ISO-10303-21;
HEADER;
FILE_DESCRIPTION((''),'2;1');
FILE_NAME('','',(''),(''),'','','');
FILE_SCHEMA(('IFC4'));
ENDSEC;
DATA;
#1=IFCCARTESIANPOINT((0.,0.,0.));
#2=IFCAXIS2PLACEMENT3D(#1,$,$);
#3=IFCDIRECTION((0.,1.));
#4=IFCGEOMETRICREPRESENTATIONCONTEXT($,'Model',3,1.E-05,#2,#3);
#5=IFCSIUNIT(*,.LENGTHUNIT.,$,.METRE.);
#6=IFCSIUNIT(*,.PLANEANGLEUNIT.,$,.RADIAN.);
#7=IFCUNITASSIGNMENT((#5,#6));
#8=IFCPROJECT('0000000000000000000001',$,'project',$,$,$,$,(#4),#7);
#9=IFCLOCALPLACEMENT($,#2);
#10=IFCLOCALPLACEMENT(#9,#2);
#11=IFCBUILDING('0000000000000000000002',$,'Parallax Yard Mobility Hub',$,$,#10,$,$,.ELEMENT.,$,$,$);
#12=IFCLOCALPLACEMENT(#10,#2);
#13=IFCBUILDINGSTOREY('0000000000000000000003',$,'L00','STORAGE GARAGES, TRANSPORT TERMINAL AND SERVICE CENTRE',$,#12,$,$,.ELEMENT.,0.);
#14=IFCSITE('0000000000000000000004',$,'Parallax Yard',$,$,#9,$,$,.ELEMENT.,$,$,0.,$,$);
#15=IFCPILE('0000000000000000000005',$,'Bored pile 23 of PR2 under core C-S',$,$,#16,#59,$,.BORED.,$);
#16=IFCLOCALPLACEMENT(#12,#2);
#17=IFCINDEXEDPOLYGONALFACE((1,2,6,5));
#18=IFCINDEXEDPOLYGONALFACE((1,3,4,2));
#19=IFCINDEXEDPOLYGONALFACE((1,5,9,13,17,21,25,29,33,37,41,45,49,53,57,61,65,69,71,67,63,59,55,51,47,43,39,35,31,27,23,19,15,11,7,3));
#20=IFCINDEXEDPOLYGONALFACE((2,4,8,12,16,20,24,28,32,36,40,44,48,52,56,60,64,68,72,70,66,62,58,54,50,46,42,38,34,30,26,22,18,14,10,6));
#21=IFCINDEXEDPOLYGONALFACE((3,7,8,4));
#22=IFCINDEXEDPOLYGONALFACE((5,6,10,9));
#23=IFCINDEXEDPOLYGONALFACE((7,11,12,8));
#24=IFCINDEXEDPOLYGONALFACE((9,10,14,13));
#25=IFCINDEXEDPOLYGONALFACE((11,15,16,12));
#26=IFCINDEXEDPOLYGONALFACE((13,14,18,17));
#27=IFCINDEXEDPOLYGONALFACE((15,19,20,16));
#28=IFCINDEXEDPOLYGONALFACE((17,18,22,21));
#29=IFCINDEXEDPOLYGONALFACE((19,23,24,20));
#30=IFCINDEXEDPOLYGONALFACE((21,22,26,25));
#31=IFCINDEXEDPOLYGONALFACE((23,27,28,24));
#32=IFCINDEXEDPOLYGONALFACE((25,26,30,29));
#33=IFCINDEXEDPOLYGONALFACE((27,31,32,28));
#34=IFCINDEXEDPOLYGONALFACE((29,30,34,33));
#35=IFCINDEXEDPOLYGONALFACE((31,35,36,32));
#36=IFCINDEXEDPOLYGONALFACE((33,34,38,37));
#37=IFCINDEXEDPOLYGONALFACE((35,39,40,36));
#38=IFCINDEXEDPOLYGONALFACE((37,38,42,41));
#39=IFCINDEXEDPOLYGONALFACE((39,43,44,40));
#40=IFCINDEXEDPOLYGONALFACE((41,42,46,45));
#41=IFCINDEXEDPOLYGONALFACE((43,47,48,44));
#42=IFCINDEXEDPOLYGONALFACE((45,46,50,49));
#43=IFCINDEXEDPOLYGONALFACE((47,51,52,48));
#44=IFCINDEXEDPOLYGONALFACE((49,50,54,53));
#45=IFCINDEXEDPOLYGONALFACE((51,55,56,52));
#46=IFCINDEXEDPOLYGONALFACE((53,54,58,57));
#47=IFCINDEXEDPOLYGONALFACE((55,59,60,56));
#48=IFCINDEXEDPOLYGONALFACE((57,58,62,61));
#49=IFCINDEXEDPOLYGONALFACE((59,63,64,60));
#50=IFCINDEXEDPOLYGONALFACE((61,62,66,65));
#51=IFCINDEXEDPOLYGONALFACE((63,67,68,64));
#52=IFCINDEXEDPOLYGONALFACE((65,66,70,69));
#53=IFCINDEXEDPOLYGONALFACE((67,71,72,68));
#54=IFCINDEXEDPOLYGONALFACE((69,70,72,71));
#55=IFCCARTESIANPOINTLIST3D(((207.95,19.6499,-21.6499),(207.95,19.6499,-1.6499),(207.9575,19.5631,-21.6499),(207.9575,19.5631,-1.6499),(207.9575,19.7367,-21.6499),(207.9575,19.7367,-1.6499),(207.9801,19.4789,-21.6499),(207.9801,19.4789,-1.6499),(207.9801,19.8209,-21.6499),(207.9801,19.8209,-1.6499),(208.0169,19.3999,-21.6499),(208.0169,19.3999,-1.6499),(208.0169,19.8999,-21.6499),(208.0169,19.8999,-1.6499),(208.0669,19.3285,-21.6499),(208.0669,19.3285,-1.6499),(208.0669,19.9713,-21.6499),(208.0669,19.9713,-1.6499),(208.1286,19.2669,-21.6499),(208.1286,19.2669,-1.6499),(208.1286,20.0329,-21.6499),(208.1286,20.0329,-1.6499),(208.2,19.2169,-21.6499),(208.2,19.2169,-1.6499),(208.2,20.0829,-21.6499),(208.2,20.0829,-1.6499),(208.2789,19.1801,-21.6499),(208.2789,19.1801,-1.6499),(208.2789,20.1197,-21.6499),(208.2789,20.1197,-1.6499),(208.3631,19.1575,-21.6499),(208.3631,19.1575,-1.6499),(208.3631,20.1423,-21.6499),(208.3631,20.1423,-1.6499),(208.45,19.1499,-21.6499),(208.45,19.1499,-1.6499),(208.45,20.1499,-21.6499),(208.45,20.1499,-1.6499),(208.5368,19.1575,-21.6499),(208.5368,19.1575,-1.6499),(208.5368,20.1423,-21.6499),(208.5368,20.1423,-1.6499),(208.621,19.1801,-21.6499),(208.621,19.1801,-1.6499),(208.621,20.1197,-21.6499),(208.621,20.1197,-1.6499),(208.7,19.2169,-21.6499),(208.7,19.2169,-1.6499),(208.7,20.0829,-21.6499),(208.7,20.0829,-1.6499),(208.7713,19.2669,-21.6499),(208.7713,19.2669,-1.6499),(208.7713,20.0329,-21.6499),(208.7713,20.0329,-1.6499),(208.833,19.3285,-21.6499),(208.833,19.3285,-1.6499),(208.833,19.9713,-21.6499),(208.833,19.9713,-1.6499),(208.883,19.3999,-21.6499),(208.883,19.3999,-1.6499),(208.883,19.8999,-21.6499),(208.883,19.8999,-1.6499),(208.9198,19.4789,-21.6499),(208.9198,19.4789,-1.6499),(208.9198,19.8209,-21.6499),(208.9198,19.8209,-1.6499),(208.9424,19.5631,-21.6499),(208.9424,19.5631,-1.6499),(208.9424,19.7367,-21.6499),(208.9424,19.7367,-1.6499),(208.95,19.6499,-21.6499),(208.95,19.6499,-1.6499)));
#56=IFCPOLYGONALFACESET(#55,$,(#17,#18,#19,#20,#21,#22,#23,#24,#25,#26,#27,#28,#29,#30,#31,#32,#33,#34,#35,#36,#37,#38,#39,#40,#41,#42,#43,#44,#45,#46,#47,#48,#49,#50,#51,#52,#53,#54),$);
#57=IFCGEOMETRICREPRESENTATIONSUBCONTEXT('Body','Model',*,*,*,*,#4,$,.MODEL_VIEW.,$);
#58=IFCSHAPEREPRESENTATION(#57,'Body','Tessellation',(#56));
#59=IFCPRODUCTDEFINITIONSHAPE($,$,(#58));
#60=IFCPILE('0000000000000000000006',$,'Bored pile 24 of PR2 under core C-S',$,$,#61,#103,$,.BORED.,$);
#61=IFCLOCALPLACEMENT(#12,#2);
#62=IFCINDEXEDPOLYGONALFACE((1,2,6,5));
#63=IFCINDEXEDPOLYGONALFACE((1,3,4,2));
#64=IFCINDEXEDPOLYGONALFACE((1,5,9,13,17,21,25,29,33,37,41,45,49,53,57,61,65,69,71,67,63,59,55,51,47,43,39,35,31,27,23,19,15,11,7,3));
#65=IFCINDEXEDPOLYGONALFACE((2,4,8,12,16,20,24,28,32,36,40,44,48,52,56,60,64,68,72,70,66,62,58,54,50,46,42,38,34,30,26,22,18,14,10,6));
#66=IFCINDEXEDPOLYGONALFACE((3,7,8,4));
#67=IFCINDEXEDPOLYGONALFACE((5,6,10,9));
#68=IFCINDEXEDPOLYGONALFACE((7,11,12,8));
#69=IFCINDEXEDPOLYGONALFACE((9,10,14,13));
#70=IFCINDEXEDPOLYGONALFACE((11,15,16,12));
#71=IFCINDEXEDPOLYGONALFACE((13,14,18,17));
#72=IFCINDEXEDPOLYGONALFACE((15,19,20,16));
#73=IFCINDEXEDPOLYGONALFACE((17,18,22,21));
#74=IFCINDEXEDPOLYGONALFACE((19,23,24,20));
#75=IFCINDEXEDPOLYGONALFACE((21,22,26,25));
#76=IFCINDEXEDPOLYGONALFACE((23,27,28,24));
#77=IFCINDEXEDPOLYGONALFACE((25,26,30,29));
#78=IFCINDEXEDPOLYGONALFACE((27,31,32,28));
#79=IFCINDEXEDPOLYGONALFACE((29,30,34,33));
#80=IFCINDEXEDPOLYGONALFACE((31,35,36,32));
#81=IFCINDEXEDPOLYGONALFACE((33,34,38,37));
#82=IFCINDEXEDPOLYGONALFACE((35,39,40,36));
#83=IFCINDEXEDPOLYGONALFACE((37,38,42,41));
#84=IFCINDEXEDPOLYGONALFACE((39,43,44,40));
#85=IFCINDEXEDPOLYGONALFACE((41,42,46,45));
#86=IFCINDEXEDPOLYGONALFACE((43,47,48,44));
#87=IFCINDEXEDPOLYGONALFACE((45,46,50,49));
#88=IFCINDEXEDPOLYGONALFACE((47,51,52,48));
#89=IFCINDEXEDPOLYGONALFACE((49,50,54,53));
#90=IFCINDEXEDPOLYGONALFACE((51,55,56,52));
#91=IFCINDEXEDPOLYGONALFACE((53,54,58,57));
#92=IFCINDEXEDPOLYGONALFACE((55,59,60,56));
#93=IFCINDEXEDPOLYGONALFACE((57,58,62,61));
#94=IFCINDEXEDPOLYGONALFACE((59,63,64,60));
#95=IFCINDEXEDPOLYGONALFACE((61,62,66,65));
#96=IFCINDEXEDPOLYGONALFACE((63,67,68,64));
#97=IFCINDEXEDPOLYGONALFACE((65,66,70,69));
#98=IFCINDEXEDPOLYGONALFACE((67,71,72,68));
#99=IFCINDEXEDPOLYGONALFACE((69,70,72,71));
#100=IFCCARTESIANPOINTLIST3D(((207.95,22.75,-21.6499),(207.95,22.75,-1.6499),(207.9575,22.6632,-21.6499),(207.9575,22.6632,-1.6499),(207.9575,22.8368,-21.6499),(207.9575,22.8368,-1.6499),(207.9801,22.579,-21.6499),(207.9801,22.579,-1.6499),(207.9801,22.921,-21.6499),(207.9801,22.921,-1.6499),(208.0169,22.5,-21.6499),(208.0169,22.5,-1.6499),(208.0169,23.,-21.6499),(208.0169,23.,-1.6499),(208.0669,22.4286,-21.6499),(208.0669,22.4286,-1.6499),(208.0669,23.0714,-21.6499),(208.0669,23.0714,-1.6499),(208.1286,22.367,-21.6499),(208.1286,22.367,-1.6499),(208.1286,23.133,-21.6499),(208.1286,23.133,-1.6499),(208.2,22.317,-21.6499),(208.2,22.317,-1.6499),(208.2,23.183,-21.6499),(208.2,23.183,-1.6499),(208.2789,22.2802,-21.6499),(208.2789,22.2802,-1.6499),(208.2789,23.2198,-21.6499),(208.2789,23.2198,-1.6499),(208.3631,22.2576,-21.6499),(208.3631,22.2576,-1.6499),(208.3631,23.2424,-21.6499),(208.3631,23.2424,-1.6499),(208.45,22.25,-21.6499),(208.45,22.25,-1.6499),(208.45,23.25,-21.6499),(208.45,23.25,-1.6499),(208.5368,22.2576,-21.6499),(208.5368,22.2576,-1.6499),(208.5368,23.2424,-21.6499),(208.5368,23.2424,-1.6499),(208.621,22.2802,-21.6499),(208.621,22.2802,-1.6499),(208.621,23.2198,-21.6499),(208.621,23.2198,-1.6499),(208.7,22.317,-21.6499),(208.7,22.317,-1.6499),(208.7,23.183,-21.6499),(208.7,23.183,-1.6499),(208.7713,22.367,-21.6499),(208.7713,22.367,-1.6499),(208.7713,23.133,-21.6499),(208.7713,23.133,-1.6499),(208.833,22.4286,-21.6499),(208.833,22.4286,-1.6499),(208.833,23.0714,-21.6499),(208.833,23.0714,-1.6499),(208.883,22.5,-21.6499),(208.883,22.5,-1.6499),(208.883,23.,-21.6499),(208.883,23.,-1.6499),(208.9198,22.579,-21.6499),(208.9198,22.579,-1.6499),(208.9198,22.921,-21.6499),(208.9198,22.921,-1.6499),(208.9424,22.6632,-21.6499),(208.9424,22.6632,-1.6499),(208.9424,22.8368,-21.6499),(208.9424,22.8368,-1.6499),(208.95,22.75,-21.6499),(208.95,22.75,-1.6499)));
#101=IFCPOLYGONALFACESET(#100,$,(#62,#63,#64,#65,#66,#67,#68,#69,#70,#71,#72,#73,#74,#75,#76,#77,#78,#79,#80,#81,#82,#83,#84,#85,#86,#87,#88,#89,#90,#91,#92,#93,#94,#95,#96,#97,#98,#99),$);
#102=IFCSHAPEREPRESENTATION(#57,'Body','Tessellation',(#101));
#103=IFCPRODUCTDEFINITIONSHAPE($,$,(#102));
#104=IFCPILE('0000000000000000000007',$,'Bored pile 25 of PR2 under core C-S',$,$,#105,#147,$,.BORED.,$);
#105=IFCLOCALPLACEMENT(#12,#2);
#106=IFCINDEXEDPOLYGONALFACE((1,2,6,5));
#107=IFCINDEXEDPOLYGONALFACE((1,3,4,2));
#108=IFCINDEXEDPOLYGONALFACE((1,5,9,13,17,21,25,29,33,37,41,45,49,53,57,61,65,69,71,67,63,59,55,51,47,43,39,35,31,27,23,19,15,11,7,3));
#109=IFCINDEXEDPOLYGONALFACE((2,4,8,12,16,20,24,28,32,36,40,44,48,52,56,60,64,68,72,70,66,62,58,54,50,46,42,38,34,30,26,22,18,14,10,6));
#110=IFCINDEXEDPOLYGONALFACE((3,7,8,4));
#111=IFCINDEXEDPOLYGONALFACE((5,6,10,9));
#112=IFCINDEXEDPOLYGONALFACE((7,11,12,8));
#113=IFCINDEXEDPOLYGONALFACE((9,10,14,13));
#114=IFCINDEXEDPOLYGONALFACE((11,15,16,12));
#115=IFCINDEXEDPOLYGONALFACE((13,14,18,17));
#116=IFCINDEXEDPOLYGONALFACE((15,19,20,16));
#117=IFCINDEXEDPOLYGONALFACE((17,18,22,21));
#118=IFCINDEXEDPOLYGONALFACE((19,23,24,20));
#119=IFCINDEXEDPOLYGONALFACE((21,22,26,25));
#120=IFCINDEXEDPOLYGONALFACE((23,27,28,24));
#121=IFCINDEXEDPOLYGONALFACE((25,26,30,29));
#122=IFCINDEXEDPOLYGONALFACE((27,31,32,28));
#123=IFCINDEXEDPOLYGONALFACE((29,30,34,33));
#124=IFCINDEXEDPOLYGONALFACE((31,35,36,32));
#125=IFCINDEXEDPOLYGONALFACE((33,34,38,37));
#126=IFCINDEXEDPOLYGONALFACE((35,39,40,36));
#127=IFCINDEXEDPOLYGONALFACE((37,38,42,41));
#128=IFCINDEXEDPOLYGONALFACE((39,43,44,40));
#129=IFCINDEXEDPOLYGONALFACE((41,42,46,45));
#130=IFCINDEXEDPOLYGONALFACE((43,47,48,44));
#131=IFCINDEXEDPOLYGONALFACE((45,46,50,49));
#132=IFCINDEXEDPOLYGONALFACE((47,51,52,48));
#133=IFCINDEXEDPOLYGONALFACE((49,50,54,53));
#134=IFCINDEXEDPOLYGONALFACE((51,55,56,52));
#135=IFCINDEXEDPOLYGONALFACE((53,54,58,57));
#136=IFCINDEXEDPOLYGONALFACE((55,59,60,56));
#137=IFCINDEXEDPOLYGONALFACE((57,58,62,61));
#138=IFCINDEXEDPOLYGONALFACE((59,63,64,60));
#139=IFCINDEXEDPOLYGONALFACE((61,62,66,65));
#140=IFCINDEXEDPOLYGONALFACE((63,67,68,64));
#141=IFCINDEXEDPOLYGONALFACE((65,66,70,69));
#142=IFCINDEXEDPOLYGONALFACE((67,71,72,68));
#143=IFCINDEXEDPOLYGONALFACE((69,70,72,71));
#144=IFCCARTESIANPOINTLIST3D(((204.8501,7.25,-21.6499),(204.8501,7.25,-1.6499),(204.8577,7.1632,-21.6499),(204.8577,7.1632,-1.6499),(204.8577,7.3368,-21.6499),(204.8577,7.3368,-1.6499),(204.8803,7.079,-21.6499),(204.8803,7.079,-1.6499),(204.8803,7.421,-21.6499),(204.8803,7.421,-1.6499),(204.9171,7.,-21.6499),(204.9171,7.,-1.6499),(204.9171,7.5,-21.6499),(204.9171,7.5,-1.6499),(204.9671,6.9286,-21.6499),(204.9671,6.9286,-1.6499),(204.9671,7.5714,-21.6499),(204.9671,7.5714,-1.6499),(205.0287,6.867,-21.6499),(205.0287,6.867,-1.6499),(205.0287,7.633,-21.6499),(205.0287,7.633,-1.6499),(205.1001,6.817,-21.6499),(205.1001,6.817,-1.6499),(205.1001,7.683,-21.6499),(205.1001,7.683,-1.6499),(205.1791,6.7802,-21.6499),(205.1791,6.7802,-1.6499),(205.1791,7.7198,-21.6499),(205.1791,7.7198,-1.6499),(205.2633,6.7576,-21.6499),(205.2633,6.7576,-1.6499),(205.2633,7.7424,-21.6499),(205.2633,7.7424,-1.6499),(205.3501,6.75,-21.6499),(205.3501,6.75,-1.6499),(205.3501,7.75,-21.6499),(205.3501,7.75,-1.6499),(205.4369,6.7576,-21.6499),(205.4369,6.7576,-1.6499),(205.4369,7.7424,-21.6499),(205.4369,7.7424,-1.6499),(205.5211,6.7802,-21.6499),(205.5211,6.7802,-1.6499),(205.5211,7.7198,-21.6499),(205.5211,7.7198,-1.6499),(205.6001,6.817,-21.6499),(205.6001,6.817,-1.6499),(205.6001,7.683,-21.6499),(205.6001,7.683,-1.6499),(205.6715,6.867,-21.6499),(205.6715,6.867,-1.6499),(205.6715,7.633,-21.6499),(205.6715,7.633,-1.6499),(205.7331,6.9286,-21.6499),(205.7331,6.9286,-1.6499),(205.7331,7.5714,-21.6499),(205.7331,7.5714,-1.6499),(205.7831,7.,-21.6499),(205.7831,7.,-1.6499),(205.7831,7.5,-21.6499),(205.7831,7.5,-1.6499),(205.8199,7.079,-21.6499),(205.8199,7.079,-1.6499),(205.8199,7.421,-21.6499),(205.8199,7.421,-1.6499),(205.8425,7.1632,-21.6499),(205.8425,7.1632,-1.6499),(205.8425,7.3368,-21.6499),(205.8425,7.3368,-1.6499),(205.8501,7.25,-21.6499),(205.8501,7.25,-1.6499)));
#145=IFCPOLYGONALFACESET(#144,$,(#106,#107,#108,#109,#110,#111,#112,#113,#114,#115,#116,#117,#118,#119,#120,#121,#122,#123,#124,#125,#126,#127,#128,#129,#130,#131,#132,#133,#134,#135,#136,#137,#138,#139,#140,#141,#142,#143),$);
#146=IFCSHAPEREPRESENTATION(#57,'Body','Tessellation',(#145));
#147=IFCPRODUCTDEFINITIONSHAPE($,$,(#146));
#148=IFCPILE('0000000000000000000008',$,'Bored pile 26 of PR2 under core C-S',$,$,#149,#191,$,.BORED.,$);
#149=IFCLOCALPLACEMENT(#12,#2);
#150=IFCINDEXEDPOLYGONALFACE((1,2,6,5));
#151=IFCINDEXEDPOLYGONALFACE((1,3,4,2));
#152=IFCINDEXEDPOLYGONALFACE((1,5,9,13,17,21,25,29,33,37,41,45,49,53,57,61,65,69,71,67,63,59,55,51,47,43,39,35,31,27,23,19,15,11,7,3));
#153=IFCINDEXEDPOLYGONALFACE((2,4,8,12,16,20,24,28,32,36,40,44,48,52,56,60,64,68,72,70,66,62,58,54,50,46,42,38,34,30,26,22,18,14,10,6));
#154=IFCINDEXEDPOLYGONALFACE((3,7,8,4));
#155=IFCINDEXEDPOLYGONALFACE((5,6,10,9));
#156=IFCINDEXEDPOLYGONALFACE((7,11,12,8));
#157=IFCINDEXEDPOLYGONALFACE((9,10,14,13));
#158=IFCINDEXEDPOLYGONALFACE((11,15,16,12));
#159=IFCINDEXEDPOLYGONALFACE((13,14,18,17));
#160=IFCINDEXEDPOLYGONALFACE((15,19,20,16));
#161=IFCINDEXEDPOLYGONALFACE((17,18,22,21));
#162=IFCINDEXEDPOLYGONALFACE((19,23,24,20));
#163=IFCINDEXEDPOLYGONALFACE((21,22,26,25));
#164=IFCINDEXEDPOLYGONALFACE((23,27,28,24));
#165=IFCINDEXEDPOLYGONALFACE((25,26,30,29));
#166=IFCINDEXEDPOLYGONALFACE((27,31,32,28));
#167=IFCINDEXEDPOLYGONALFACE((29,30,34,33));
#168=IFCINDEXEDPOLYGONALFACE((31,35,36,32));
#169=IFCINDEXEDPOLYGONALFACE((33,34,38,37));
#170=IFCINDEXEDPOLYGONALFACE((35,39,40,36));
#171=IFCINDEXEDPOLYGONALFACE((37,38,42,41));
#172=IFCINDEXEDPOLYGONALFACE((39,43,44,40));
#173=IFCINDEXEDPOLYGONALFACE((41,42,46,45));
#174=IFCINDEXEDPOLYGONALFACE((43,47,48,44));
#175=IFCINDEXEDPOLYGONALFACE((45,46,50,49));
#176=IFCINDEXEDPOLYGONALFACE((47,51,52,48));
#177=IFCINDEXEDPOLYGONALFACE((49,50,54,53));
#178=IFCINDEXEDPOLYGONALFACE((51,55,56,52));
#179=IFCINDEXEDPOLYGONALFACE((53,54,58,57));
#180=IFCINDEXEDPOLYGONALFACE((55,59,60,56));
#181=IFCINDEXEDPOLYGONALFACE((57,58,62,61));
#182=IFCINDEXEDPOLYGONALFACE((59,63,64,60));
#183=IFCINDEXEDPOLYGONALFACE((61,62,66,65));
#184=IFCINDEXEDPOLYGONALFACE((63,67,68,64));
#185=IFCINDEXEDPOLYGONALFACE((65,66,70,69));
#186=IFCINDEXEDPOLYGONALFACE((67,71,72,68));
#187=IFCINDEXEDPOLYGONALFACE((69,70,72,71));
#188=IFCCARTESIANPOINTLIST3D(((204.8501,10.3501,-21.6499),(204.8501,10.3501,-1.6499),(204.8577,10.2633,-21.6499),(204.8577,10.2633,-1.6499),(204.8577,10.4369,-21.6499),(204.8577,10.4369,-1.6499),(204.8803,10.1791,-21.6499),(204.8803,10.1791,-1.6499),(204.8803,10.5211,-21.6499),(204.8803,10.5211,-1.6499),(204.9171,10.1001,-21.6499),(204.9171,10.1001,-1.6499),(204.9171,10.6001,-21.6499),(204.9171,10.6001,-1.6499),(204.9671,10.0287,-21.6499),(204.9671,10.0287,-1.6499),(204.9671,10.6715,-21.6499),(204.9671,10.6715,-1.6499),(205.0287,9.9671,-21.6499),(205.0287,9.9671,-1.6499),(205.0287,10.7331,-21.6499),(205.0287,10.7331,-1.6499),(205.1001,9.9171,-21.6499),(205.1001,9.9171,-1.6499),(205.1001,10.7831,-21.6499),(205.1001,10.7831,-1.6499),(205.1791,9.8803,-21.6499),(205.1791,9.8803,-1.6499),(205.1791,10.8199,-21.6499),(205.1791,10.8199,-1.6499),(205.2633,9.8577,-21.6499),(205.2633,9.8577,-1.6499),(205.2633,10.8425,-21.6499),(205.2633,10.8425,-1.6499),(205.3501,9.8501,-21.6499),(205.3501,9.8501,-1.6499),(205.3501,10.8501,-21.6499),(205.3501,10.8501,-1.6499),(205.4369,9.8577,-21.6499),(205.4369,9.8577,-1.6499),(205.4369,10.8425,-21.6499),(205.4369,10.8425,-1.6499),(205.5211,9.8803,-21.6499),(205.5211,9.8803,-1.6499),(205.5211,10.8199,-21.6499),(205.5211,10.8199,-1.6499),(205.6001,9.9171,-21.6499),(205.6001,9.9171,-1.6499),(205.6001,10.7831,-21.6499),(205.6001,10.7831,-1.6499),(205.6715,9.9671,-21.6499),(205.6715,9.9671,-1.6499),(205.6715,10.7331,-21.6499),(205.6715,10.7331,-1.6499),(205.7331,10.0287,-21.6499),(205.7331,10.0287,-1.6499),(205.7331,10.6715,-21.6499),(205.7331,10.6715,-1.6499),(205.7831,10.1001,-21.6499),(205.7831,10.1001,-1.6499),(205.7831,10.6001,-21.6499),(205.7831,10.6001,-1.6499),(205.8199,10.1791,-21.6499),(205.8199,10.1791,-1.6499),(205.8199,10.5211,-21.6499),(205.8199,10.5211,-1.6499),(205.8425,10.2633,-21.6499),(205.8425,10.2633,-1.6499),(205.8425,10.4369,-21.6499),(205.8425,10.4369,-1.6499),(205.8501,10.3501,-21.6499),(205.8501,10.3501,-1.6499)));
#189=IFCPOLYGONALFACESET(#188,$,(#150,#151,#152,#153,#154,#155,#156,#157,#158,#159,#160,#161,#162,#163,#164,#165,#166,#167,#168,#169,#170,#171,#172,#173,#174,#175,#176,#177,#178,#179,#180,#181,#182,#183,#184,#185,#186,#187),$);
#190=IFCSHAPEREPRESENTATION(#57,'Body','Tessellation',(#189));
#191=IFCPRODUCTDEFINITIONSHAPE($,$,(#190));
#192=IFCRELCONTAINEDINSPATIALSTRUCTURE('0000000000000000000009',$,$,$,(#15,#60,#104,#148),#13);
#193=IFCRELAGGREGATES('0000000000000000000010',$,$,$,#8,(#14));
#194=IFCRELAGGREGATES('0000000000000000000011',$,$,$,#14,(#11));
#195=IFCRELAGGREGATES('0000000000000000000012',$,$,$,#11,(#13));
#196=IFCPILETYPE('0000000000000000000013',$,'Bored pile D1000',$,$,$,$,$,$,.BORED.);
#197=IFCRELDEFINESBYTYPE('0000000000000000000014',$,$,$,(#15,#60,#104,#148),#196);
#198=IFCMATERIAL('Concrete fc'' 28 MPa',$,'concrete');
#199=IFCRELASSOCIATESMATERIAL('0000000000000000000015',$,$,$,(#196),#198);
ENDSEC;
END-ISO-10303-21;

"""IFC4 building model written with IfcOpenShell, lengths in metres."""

from ifc_helpers import new_model, si_unit, direction, frame, origin, origin_2d, place, context, subcontext, project, spatial, circle, extrude, material, material_profile, profile_set, type_object, element, save


model = new_model("IFC4")

# Units and contexts
model_context = context("Model", 3, precision=1e-05, world=origin(), true_north=direction((0.0, 1.0)))
body_context = subcontext(model_context, "Body", "Model", "MODEL_VIEW")
ifc_project = project(units=[si_unit("LENGTHUNIT", "METRE"), si_unit("PLANEANGLEUNIT", "RADIAN")], contexts=[model_context])

# Site, building, storey
site_placement = place(None, origin())
site = spatial("IfcSite", under=ifc_project, at=site_placement, Name="Parallax Yard", CompositionType="ELEMENT", RefElevation=0.0)
building_placement = place(site_placement, origin())
building = spatial("IfcBuilding", under=site, at=building_placement, Name="Parallax Yard Mobility Hub", CompositionType="ELEMENT")
storey_placement = place(building_placement, origin())
storey = spatial("IfcBuildingStorey", under=building, at=storey_placement, Name="L00", Description="STORAGE GARAGES, TRANSPORT TERMINAL AND SERVICE CENTRE", CompositionType="ELEMENT", Elevation=0.0)

# Piles
ifc_material_1 = material(Name="Concrete fc' 28 MPa", Category="concrete")
ifc_material_profile = material_profile(ifc_material_1, circle(Radius=0.5, at=origin_2d()), Name="Bored pile D1000")
ifc_profile_set = profile_set([ifc_material_profile], Name="Concrete fc' 28 MPa")
pile_type = type_object("IfcPileType", Name="Bored pile D1000", PredefinedType="BORED", material=ifc_profile_set)
for number, where, z_axis, x_axis, name in (
    (1, (208.45, 19.6499, -1.6499), (0.0, 0.0, -1.0), (1.0, 0.0, 0.0), "Bored pile 23 of PR2 under core C-S"),
    (2, (208.45, 22.75, -1.6499), (0.0, 0.0, -1.0), (1.0, 0.0, 0.0), "Bored pile 24 of PR2 under core C-S"),
    (3, (205.3501, 7.25, -1.6499), (0.0, 0.0, -1.0), (1.0, 0.0, 0.0), "Bored pile 25 of PR2 under core C-S"),
    (4, (205.3501, 10.3501, -1.6499), (0.0, 0.0, -1.0), (1.0, 0.0, 0.0), "Bored pile 26 of PR2 under core C-S"),
):
    element("IfcPile", number, at=place(storey_placement, frame(where, z_axis=z_axis, x_axis=x_axis)), inside=storey, type_object=pile_type, Name=name, PredefinedType="BORED", context=body_context, shape_type="SweptSolid", body=[
        extrude(circle(Radius=0.5, at=origin_2d()), origin(), (0.0, 0.0, 1.0), 20.0),
    ])

save(model, "model.ifc")
